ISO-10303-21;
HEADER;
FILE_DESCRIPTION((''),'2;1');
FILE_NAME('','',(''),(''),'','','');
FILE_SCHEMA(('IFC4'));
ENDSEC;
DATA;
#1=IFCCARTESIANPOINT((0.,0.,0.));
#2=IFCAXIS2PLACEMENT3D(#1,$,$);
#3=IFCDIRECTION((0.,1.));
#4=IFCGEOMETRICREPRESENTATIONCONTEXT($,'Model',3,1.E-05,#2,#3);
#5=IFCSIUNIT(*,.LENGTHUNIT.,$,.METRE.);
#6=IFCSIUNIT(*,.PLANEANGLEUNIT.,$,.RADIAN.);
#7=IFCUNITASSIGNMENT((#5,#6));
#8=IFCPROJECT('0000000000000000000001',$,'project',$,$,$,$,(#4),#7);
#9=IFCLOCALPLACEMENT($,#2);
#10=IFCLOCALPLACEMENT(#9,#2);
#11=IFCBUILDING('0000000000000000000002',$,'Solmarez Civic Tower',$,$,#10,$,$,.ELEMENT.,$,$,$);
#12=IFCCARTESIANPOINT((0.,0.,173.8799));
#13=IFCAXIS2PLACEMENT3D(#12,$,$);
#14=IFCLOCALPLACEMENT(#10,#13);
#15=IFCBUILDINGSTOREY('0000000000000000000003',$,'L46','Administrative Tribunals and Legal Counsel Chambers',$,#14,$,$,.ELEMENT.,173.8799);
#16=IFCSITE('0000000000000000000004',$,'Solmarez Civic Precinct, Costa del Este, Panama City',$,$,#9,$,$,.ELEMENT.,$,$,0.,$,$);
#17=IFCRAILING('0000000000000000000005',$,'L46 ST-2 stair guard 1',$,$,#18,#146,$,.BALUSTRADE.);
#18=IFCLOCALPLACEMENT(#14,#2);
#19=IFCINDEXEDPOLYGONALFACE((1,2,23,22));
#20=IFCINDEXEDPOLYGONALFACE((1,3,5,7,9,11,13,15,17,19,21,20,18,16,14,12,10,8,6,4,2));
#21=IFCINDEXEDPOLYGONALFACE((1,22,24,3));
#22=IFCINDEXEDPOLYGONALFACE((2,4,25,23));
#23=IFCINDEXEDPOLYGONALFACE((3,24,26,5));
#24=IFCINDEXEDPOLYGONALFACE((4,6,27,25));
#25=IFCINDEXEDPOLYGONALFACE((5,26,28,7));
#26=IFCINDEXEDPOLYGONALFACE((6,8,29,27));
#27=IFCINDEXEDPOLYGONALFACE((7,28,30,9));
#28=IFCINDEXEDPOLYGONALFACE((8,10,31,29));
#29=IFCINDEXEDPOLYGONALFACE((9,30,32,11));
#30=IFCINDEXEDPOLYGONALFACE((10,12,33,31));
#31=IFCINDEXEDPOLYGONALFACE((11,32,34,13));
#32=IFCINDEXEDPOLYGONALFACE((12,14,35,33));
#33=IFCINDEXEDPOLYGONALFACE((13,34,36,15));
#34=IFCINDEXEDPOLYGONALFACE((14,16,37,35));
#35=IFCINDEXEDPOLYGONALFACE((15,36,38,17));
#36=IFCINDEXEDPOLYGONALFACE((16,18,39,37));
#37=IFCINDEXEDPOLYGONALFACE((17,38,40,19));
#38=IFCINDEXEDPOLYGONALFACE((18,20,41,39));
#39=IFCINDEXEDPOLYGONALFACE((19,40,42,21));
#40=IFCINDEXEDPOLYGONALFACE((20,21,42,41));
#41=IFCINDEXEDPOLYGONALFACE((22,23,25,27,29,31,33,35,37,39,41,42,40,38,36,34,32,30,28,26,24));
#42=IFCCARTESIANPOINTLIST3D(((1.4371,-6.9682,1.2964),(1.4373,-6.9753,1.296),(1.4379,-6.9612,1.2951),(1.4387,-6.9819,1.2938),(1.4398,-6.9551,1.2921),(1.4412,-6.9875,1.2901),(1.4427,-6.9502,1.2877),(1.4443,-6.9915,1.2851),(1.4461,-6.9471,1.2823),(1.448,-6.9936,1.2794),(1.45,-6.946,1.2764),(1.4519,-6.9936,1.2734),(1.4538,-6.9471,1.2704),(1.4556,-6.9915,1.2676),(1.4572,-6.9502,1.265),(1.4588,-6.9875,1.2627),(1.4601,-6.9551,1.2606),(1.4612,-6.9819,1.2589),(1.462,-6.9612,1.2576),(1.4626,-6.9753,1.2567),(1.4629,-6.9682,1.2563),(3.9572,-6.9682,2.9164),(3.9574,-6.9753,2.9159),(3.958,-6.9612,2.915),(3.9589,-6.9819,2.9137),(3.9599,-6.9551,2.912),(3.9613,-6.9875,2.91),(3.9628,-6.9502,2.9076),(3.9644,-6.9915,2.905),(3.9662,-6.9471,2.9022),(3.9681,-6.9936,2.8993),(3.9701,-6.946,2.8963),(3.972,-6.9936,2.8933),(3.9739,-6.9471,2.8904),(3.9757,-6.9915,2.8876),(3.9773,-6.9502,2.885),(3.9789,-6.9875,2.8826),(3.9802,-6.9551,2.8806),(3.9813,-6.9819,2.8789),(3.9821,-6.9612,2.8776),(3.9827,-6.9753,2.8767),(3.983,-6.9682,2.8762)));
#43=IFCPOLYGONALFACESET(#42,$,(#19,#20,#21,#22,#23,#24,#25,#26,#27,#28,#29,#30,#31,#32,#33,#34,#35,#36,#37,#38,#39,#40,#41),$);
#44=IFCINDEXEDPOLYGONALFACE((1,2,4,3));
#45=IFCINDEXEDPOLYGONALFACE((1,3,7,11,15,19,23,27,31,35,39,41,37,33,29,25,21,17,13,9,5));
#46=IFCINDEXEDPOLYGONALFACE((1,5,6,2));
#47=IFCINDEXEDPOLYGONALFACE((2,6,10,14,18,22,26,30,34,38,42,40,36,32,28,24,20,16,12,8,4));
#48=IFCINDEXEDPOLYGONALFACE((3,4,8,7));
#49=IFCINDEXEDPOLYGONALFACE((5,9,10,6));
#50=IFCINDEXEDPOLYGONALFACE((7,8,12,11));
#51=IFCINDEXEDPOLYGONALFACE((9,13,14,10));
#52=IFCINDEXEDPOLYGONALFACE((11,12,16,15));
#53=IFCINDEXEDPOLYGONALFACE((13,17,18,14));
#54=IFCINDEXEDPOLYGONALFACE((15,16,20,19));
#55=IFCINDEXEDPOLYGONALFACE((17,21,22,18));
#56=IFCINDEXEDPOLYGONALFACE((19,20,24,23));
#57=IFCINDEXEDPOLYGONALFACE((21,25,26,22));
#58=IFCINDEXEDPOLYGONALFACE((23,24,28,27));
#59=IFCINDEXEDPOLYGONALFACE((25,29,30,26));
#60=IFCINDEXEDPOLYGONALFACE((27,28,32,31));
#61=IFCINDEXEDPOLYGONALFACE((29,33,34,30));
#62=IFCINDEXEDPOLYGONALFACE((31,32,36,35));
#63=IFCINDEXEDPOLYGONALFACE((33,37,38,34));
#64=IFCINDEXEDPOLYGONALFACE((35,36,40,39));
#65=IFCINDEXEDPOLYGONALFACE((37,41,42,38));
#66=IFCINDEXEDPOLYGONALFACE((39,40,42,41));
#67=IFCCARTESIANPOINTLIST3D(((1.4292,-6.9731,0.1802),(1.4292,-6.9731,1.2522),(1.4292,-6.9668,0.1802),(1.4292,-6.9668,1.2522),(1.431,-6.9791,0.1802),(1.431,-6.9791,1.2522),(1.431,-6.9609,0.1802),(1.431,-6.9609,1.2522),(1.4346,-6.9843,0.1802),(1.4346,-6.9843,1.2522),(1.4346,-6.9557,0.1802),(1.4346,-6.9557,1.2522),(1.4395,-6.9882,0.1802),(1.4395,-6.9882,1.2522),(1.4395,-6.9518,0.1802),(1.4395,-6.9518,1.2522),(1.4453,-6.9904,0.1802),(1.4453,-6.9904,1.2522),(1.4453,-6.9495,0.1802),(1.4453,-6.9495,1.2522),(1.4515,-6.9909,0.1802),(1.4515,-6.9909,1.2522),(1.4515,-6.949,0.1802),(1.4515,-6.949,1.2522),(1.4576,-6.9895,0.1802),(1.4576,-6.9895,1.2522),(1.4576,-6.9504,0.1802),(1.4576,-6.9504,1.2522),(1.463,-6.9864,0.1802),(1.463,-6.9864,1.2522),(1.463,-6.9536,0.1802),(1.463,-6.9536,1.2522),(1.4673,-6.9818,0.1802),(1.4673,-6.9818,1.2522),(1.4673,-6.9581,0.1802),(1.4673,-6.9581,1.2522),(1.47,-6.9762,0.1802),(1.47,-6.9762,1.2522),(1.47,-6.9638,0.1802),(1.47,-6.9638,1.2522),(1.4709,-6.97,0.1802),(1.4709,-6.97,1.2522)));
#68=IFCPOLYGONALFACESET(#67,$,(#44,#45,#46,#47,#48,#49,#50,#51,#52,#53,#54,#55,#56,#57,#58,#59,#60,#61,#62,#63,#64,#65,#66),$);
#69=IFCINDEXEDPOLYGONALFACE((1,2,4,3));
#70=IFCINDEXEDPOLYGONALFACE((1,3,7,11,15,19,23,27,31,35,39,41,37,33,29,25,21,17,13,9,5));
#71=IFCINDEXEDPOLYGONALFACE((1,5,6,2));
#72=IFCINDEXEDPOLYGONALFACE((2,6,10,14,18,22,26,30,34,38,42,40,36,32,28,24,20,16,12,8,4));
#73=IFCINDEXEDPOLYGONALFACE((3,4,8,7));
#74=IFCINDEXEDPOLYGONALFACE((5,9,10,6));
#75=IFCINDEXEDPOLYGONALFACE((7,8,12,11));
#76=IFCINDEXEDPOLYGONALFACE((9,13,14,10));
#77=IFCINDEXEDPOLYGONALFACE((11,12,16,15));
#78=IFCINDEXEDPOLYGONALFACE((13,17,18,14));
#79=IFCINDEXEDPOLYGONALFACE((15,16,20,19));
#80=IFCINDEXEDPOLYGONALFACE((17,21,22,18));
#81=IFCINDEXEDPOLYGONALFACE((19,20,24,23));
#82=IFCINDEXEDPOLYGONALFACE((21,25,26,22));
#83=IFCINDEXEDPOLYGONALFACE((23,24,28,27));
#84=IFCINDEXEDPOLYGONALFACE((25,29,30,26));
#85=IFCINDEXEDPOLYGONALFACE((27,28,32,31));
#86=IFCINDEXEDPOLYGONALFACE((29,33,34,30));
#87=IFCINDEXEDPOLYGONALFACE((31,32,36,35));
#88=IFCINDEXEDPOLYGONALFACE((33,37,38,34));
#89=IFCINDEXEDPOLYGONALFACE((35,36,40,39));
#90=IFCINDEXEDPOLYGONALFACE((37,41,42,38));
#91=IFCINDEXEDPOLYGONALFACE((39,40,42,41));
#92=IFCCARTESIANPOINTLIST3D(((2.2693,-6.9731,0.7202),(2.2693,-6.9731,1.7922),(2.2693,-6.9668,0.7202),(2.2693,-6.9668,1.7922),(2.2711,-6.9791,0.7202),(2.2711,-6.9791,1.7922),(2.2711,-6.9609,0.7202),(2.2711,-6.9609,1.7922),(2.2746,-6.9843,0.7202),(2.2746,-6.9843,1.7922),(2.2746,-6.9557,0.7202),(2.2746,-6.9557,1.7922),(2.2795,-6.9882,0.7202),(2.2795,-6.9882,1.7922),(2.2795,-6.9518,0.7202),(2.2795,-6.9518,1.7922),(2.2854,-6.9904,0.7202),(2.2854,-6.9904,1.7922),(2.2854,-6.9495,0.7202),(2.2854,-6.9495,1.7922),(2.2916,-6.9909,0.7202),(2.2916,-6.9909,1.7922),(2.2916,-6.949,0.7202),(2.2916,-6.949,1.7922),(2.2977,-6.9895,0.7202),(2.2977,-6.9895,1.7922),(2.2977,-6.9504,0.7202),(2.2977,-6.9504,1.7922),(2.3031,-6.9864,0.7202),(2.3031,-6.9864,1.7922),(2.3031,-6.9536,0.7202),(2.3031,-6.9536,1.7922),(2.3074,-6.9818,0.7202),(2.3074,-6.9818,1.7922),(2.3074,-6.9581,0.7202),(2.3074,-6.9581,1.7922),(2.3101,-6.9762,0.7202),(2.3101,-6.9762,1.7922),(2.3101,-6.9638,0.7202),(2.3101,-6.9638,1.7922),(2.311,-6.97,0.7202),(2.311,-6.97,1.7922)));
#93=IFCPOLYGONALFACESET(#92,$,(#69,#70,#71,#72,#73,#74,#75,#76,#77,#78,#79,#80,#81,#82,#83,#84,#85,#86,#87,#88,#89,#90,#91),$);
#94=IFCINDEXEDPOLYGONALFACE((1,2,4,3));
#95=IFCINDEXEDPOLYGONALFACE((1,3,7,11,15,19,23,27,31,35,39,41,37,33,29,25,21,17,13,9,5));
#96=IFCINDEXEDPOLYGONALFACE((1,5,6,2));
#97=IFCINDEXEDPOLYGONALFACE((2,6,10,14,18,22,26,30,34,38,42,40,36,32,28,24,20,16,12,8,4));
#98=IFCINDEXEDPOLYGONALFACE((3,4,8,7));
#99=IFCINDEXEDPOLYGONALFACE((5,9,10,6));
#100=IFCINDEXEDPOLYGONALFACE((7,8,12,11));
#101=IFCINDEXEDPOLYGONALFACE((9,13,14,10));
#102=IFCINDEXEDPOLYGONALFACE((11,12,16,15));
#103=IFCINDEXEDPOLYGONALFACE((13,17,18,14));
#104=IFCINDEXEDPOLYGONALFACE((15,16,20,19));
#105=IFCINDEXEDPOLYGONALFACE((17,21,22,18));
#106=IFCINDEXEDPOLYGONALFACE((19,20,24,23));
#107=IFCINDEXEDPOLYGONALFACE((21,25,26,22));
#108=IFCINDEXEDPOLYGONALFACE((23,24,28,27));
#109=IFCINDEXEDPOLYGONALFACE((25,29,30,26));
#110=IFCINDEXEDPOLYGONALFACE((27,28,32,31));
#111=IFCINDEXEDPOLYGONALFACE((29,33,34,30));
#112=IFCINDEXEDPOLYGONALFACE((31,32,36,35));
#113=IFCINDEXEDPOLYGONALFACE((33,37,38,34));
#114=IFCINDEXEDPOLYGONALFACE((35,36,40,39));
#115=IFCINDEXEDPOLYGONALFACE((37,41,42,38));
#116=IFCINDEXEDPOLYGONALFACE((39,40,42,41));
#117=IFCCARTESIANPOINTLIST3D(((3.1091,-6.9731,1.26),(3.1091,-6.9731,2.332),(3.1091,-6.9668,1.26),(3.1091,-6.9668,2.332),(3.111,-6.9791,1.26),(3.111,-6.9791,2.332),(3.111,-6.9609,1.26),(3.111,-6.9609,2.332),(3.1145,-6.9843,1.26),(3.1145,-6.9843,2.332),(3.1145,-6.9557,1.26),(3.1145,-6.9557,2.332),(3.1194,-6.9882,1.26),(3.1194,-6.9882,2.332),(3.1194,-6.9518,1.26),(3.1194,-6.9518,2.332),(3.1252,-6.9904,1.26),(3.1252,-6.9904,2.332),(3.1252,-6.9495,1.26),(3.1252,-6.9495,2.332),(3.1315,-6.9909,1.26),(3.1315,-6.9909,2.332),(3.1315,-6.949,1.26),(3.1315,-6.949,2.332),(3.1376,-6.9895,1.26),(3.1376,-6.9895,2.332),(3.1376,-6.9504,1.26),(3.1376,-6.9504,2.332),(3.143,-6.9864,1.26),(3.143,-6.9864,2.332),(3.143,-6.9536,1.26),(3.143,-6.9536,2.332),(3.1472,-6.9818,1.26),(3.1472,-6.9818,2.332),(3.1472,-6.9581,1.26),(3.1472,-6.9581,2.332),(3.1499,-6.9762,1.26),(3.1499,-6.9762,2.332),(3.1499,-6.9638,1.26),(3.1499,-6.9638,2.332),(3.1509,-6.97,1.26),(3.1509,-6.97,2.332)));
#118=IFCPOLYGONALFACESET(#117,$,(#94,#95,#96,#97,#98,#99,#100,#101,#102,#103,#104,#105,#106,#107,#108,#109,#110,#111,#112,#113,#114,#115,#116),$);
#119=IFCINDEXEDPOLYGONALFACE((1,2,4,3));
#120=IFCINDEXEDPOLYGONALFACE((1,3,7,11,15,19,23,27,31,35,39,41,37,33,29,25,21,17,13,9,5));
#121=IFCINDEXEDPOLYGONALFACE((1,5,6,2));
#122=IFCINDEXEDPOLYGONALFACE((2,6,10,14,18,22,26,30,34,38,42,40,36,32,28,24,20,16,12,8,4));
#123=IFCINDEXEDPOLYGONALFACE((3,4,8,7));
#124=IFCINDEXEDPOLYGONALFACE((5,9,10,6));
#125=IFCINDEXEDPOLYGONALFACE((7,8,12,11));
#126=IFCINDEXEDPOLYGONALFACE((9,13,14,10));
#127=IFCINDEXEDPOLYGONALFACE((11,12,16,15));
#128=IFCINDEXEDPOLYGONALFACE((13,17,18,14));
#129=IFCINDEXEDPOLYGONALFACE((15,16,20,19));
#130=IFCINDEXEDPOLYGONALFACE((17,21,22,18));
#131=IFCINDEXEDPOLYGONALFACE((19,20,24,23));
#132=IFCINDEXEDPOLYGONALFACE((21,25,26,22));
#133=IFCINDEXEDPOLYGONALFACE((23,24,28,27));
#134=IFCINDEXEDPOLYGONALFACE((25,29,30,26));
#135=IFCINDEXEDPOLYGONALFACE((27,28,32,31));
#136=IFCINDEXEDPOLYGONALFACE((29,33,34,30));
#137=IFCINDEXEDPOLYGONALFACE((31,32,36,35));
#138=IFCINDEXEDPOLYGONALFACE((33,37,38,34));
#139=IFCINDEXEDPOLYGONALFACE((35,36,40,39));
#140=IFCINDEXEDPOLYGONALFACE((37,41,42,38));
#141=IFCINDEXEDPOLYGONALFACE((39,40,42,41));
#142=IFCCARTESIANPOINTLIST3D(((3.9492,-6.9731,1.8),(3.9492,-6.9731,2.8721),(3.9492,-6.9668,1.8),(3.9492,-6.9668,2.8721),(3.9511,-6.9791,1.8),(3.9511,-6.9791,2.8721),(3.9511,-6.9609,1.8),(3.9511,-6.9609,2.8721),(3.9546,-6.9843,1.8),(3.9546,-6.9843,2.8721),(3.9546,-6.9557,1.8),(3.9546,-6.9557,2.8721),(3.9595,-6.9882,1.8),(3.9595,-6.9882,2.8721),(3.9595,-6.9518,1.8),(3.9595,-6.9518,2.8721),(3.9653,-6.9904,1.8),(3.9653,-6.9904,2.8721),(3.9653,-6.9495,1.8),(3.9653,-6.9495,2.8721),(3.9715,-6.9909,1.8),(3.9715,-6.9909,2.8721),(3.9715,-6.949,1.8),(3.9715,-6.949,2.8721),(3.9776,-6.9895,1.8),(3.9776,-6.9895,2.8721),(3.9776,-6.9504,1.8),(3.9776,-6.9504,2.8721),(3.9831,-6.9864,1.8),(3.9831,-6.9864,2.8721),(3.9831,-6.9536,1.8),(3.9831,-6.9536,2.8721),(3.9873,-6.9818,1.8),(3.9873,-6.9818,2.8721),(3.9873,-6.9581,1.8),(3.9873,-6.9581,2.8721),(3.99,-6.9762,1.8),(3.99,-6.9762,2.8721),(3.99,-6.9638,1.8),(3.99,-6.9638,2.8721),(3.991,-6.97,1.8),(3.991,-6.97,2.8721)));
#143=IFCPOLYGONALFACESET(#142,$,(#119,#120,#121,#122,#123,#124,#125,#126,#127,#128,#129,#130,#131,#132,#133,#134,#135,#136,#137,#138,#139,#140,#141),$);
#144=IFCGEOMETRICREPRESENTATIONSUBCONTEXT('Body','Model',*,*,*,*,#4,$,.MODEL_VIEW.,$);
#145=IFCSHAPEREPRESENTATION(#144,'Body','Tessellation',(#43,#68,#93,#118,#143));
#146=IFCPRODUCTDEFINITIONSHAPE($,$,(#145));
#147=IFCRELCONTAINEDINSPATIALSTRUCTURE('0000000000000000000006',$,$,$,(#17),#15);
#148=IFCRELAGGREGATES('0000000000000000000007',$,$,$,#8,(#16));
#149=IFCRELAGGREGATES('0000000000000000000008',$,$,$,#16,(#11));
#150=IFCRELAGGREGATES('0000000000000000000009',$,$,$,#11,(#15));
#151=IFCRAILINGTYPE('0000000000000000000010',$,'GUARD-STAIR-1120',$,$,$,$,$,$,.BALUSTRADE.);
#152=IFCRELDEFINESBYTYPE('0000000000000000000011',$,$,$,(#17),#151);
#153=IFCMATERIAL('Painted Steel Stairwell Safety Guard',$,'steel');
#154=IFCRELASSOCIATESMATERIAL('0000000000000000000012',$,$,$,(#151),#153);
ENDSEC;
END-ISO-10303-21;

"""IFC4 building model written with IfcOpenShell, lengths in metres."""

from ifc_helpers import new_model, si_unit, direction, frame, origin, origin_2d, place, context, subcontext, project, spatial, circle, extrude, material, type_object, element, save


model = new_model("IFC4")

# Units and contexts
model_context = context("Model", 3, precision=1e-05, world=origin(), true_north=direction((0.0, 1.0)))
body_context = subcontext(model_context, "Body", "Model", "MODEL_VIEW")
ifc_project = project(units=[si_unit("LENGTHUNIT", "METRE"), si_unit("PLANEANGLEUNIT", "RADIAN")], contexts=[model_context])

# Site, building, storey
site_placement = place(None, origin())
site = spatial("IfcSite", under=ifc_project, at=site_placement, Name="Solmarez Civic Precinct, Costa del Este, Panama City", CompositionType="ELEMENT", RefElevation=0.0)
building_placement = place(site_placement, origin())
building = spatial("IfcBuilding", under=site, at=building_placement, Name="Solmarez Civic Tower", CompositionType="ELEMENT")
storey_placement = place(building_placement, frame((0.0, 0.0, 173.8799)))
storey = spatial("IfcBuildingStorey", under=building, at=storey_placement, Name="L46", Description="Administrative Tribunals and Legal Counsel Chambers", CompositionType="ELEMENT", Elevation=173.8799)

# Railing
ifc_material_1 = material(Name="Painted Steel Stairwell Safety Guard", Category="steel")
railing_type_1 = type_object("IfcRailingType", Name="GUARD-STAIR-1120", PredefinedType="BALUSTRADE", material=ifc_material_1)
railing_1_placement = place(storey_placement, frame((1.45, -6.97, 0.1802)))
element("IfcRailing", 1, at=railing_1_placement, inside=storey, type_object=railing_type_1, Name="L46 ST-2 stair guard 1", PredefinedType="BALUSTRADE", context=body_context, shape_type="SweptSolid", body=[
    extrude(circle(Radius=0.0239, at=origin_2d()), frame((0.0, 0.0, 1.0962), z_axis=(0.8412, 0.0, 0.540725), x_axis=(0.0, 1.0, 0.0)), (0.0, 0.0, 1.0), 2.9958),
    extrude(circle(Radius=0.021, at=origin_2d()), origin(), (0.0, 0.0, 1.0), 1.072),
    extrude(circle(Radius=0.021, at=origin_2d()), frame((0.8401, 0.0, 0.54)), (0.0, 0.0, 1.0), 1.072),
    extrude(circle(Radius=0.021, at=origin_2d()), frame((1.6799, 0.0, 1.0798)), (0.0, 0.0, 1.0), 1.072),
    extrude(circle(Radius=0.021, at=origin_2d()), frame((2.52, 0.0, 1.6199)), (0.0, 0.0, 1.0), 1.072),
])

save(model, "model.ifc")
